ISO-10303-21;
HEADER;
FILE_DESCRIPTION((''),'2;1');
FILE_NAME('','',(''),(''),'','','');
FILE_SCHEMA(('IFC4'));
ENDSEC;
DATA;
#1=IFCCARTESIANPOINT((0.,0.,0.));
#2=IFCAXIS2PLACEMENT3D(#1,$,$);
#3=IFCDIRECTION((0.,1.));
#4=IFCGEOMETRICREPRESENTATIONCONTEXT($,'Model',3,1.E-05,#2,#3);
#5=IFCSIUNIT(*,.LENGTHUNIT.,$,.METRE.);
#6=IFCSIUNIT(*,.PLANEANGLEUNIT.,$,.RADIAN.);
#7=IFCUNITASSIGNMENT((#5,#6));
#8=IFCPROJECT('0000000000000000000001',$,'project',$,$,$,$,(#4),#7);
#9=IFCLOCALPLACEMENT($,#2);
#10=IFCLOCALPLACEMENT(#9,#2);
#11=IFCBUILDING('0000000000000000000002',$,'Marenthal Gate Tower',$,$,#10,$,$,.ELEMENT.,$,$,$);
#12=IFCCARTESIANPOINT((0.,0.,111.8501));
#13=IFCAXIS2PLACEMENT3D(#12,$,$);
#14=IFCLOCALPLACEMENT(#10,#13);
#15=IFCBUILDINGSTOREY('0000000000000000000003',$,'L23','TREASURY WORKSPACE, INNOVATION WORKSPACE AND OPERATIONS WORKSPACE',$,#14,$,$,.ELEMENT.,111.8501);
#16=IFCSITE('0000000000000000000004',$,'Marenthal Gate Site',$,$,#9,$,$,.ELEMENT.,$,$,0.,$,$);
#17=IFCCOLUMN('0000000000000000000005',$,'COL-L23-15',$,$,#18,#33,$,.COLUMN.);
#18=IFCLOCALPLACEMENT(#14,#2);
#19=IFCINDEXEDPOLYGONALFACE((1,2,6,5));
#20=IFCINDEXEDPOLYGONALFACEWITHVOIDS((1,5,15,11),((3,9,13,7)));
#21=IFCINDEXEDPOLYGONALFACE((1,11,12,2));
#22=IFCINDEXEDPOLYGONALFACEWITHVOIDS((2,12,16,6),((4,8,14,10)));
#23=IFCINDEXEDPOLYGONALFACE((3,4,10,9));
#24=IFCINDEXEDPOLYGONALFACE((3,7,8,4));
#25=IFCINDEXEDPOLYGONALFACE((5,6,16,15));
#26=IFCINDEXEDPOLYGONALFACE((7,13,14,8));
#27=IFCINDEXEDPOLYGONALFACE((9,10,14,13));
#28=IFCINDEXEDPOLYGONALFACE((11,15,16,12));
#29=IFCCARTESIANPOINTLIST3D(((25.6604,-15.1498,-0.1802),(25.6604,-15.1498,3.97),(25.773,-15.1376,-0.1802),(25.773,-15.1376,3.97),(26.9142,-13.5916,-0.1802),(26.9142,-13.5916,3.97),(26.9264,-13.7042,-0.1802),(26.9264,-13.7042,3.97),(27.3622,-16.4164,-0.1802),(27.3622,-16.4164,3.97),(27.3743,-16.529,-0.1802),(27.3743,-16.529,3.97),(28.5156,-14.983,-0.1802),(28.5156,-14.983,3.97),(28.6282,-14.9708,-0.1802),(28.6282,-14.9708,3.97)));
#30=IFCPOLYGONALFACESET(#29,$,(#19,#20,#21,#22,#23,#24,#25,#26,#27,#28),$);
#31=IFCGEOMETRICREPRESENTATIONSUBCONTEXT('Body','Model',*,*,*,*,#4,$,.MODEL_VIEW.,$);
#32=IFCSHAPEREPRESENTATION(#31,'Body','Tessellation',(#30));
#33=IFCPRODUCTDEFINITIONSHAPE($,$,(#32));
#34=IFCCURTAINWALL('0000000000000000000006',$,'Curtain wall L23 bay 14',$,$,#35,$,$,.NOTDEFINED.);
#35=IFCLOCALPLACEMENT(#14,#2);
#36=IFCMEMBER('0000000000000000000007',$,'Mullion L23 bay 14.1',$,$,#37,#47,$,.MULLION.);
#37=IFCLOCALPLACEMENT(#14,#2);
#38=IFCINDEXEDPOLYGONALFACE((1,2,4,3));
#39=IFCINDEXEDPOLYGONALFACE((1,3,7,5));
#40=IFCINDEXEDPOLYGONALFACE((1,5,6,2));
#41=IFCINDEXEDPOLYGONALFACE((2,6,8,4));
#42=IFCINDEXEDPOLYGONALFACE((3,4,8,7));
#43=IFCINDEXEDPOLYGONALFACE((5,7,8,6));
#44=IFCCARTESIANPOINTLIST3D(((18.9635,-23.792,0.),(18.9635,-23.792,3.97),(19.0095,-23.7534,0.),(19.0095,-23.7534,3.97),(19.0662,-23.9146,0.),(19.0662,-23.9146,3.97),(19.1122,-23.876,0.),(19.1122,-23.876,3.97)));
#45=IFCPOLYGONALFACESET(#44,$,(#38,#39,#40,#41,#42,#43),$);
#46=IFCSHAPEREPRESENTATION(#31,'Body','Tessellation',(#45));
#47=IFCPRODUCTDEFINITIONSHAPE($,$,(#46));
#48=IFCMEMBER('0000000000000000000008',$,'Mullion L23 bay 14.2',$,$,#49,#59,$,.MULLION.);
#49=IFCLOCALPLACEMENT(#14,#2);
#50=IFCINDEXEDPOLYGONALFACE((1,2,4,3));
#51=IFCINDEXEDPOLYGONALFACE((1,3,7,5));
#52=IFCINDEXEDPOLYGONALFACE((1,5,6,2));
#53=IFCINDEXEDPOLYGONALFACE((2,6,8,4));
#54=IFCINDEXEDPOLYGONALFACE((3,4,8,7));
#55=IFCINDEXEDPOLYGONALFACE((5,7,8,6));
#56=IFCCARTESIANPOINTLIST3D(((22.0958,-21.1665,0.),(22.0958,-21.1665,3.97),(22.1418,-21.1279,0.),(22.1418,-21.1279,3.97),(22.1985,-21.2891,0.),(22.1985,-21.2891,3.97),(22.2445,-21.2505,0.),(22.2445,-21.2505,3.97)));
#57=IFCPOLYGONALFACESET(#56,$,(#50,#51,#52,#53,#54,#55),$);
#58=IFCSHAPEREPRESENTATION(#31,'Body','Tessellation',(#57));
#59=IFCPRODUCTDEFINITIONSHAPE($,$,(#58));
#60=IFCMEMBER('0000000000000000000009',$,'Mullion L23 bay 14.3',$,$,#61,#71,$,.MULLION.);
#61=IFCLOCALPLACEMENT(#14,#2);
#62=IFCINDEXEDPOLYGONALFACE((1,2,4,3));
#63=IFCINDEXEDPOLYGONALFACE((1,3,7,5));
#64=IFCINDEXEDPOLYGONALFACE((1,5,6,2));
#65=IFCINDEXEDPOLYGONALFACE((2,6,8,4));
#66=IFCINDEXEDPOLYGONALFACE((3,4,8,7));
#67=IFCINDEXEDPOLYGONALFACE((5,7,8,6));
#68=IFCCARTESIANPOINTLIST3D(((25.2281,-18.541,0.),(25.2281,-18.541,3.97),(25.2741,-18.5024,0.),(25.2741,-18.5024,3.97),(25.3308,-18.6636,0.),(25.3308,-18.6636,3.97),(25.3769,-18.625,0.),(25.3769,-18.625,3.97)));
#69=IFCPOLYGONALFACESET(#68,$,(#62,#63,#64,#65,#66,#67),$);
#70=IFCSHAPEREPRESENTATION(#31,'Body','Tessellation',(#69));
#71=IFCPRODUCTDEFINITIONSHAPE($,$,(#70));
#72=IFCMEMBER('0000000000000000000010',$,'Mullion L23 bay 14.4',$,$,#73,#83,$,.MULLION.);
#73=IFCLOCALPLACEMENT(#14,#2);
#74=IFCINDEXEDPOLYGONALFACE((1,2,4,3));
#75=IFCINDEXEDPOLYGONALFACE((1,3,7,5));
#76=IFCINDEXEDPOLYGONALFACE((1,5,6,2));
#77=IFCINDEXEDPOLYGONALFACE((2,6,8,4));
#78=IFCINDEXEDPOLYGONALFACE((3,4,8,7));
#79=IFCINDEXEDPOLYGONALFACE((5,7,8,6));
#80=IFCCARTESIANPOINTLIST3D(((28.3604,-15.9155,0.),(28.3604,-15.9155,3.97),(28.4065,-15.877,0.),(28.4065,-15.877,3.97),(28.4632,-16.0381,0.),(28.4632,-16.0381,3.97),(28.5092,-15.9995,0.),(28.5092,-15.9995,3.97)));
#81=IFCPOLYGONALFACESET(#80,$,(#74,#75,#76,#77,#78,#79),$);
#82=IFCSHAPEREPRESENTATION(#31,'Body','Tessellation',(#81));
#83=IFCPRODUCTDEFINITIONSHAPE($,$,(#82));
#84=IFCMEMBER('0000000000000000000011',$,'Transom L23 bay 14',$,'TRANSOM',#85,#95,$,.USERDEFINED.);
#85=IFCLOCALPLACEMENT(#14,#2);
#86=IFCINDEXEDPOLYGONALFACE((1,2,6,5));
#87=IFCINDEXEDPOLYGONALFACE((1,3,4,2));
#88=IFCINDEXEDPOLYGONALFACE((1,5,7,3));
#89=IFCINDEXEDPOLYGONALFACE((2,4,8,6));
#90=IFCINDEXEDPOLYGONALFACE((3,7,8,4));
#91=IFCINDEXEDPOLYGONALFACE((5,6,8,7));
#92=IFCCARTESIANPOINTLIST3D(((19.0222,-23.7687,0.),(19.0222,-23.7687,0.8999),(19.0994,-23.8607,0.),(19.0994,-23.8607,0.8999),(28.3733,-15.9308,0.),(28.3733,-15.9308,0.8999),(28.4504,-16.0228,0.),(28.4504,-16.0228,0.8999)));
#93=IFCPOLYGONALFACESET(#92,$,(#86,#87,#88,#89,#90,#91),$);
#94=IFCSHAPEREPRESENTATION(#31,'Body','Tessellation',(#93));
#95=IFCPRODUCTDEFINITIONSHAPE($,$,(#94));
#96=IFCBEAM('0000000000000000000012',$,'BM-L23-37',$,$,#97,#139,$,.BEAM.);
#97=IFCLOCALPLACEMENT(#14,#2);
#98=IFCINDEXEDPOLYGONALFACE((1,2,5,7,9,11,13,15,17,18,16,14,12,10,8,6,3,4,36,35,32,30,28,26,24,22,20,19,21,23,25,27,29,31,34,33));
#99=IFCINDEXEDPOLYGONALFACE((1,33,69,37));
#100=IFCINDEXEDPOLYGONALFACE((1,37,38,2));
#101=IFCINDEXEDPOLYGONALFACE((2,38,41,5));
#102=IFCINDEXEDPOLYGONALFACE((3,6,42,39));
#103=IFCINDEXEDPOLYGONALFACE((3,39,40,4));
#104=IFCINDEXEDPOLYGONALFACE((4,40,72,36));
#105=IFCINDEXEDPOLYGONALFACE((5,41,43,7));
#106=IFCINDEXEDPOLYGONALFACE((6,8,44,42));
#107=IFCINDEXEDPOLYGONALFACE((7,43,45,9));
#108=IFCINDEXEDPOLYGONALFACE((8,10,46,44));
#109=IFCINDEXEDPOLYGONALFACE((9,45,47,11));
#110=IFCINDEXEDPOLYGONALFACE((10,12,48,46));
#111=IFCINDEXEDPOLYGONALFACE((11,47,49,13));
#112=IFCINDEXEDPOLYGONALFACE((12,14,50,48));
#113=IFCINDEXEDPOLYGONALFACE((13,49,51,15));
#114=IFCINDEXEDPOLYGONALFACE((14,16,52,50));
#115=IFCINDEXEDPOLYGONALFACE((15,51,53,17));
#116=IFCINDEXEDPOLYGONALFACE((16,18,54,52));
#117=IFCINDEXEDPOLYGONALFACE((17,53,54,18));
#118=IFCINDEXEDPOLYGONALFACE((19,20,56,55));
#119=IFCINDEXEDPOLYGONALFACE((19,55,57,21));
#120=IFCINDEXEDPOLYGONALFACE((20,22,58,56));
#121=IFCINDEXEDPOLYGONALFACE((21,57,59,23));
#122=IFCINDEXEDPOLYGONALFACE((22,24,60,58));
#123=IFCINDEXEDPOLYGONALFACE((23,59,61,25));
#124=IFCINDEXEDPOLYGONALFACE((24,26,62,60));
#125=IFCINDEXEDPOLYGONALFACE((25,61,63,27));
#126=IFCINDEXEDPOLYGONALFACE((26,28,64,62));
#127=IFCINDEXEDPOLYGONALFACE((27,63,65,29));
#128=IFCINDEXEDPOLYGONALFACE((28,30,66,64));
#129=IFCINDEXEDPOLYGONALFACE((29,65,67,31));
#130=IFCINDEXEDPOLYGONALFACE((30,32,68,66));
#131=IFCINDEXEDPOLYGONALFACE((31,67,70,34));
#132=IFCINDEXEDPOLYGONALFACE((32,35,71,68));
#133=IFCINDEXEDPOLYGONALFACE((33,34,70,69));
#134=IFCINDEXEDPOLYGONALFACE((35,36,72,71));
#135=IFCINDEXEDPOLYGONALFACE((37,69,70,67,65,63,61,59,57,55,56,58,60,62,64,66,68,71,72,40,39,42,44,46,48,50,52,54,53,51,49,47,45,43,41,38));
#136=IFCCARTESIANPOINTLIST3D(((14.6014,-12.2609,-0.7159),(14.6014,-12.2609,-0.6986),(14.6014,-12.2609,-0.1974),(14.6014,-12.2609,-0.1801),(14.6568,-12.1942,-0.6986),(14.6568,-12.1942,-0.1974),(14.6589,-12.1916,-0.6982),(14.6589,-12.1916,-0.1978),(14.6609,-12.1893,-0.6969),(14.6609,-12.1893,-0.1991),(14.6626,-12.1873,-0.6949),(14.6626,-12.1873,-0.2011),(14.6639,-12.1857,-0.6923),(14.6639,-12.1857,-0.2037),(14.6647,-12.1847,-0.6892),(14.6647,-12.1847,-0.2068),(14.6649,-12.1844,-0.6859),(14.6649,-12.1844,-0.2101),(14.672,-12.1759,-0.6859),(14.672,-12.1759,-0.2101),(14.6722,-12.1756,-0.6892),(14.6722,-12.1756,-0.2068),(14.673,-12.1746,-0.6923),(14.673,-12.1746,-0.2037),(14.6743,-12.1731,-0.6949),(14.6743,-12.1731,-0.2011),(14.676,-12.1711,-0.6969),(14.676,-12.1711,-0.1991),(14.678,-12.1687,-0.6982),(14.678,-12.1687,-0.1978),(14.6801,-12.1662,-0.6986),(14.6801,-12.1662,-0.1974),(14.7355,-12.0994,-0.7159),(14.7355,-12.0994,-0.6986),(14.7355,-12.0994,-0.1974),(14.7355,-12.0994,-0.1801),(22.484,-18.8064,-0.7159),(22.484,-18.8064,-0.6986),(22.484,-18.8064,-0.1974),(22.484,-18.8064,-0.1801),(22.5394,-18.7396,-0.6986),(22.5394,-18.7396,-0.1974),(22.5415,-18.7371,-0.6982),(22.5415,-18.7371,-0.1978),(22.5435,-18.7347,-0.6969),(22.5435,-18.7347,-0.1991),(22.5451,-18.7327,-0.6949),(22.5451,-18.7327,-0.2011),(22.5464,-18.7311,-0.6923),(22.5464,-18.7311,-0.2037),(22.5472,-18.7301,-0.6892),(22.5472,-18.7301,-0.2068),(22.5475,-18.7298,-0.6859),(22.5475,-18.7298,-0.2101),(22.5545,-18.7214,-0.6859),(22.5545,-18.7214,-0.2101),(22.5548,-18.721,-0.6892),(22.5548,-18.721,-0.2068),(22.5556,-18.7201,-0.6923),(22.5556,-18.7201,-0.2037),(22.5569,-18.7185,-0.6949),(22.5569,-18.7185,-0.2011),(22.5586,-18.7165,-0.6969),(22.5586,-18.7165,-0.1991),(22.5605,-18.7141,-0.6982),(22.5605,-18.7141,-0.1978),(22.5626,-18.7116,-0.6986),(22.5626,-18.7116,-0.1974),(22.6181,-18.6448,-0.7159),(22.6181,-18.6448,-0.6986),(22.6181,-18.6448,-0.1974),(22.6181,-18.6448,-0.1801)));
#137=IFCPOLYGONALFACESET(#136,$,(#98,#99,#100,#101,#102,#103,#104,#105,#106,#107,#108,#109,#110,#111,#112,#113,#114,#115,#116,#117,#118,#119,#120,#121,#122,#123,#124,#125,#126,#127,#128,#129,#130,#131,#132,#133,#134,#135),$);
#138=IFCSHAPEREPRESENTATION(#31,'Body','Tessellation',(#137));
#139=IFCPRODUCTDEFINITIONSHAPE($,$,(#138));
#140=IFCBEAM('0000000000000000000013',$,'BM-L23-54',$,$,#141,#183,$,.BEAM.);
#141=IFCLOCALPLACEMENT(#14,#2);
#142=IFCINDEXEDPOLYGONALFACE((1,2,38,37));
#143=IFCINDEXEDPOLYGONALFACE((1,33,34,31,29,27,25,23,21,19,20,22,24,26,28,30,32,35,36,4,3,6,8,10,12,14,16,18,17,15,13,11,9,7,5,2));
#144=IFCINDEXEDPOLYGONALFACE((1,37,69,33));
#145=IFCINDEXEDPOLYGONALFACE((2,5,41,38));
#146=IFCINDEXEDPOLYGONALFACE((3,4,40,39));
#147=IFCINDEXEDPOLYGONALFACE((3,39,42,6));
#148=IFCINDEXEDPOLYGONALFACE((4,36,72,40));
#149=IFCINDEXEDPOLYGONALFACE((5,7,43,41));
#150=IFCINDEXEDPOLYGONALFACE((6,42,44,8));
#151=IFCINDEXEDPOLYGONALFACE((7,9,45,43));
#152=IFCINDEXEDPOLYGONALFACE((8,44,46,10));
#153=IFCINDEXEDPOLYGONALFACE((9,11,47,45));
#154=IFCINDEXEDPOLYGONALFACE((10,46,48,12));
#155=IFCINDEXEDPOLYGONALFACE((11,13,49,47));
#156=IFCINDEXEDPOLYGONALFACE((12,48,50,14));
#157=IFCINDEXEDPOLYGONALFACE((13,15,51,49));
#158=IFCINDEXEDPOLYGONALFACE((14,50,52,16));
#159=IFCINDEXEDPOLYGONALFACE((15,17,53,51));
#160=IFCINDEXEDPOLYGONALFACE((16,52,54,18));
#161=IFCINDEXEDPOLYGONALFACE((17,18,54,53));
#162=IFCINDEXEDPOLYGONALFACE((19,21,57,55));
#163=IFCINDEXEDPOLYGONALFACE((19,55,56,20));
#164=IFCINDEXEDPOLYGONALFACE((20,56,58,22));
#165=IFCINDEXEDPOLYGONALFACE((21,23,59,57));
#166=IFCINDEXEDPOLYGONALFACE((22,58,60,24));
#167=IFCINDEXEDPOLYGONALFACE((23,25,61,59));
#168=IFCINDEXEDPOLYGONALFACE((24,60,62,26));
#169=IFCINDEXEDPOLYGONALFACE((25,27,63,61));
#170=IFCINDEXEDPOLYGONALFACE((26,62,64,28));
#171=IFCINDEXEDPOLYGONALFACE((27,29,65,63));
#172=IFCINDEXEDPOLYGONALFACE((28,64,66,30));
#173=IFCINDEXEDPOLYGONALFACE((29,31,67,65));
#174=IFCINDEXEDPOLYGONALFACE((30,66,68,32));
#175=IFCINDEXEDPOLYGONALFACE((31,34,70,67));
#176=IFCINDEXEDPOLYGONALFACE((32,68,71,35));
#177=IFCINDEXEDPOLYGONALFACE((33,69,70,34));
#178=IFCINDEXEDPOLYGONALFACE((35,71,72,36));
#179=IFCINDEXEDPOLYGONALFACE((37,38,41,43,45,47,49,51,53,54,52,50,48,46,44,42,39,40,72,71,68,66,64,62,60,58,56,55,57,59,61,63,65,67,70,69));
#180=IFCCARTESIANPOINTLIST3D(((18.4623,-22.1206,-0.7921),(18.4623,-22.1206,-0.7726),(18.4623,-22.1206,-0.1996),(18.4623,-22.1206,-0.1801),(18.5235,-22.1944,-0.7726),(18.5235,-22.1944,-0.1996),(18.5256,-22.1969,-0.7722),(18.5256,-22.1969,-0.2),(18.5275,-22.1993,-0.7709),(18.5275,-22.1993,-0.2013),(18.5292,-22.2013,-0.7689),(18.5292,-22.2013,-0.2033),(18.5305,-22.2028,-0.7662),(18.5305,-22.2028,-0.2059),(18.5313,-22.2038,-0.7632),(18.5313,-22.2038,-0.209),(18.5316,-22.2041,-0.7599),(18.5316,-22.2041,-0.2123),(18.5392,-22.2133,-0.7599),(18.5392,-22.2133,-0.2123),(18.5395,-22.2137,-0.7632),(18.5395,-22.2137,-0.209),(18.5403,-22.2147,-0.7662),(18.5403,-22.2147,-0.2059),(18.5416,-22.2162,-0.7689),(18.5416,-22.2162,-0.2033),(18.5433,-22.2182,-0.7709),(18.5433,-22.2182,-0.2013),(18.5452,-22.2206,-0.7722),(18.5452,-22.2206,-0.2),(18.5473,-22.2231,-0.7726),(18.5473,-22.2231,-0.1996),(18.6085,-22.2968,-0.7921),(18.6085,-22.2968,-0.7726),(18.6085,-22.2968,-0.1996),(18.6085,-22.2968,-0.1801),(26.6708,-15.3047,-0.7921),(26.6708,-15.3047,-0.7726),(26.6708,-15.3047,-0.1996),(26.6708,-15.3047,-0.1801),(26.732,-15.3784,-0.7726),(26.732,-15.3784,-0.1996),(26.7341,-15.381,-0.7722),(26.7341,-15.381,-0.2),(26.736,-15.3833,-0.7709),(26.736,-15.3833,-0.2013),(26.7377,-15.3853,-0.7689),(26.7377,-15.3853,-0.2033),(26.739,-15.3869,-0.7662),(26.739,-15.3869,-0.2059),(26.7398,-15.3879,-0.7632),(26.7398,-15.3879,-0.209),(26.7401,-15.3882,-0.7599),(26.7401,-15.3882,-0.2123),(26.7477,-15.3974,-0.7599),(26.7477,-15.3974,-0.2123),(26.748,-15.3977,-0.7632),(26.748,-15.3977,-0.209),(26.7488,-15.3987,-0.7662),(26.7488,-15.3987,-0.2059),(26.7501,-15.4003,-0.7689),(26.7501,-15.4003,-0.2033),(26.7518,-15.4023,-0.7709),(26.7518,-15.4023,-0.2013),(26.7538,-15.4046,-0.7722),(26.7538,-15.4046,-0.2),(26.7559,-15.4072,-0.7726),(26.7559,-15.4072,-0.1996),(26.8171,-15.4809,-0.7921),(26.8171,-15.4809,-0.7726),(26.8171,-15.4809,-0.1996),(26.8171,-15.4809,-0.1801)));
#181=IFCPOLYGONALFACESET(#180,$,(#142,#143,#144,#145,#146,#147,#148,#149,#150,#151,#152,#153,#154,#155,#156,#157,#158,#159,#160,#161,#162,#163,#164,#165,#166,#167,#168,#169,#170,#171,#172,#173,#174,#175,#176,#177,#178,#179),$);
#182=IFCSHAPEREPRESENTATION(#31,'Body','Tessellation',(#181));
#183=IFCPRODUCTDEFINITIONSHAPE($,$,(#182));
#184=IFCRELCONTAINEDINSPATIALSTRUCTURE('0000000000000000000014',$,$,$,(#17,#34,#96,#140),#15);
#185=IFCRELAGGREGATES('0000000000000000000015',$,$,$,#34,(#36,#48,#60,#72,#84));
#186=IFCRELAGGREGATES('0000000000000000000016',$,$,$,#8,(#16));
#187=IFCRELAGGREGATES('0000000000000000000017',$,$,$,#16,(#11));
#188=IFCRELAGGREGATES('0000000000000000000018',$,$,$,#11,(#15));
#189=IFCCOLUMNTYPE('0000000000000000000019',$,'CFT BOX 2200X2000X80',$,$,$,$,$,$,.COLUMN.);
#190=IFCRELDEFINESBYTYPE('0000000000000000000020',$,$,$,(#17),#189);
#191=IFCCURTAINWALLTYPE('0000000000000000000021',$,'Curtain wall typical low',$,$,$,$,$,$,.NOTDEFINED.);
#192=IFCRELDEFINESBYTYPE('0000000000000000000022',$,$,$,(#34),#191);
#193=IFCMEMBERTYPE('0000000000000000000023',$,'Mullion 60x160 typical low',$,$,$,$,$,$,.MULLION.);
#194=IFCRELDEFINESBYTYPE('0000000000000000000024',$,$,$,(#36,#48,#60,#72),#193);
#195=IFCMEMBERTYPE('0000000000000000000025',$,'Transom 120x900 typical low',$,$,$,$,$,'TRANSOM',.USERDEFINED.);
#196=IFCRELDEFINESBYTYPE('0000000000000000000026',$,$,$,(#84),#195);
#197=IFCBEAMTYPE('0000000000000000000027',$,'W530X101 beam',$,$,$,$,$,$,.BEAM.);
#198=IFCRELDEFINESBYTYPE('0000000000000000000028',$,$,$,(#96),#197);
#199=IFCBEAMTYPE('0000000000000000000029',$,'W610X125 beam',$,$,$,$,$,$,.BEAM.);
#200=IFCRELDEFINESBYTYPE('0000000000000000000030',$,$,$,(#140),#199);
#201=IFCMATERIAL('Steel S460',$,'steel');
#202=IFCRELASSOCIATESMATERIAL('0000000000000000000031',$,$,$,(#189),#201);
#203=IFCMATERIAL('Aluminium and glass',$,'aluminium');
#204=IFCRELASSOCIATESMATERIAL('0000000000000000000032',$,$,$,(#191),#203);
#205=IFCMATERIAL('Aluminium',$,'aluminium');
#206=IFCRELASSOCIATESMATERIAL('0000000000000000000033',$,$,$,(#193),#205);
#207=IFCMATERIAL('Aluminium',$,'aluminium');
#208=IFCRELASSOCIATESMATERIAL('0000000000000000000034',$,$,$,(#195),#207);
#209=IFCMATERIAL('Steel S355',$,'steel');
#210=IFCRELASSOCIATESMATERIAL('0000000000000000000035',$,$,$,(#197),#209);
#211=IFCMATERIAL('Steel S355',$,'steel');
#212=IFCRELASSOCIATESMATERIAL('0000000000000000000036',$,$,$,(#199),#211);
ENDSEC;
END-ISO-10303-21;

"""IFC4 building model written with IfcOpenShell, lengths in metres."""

from ifc_helpers import new_model, si_unit, direction, frame, origin, origin_2d, place, context, subcontext, project, spatial, rectangle, hollow_rectangle, i_section, extrude, material, material_profile, profile_set, type_object, element, aggregate, save


model = new_model("IFC4")

# Units and contexts
model_context = context("Model", 3, precision=1e-05, world=origin(), true_north=direction((0.0, 1.0)))
body_context = subcontext(model_context, "Body", "Model", "MODEL_VIEW")
ifc_project = project(units=[si_unit("LENGTHUNIT", "METRE"), si_unit("PLANEANGLEUNIT", "RADIAN")], contexts=[model_context])

# Site, building, storey
site_placement = place(None, origin())
site = spatial("IfcSite", under=ifc_project, at=site_placement, Name="Marenthal Gate Site", CompositionType="ELEMENT", RefElevation=0.0)
building_placement = place(site_placement, origin())
building = spatial("IfcBuilding", under=site, at=building_placement, Name="Marenthal Gate Tower", CompositionType="ELEMENT")
storey_placement = place(building_placement, frame((0.0, 0.0, 111.8501)))
storey = spatial("IfcBuildingStorey", under=building, at=storey_placement, Name="L23", Description="TREASURY WORKSPACE, INNOVATION WORKSPACE AND OPERATIONS WORKSPACE", CompositionType="ELEMENT", Elevation=111.8501)

# Column
ifc_material_1 = material(Name="Steel S460", Category="steel")
ifc_material_profile_1 = material_profile(ifc_material_1, hollow_rectangle(XDim=2.0, YDim=2.2, WallThickness=0.0801, at=origin_2d()), Name="CFT BOX 2200X2000X80")
ifc_material_2 = material(Name="Concrete 70 MPa", Category="concrete")
ifc_material_profile_2 = material_profile(ifc_material_2, rectangle(XDim=1.8401, YDim=2.04, at=origin_2d()), Name="CFT BOX 2200X2000X80 INFILL")
ifc_profile_set_1 = profile_set([ifc_material_profile_1, ifc_material_profile_2], Name="Steel S460 shell, Concrete 70 MPa infill")
column_type = type_object("IfcColumnType", Name="CFT BOX 2200X2000X80", PredefinedType="COLUMN", material=ifc_profile_set_1)
column_placement = place(storey_placement, frame((27.1443, -15.0603, -0.1802), z_axis=(0.0, 0.0, 1.0), x_axis=(-0.626918, -0.779085, 0.0)))
element("IfcColumn", 1, at=column_placement, inside=storey, type_object=column_type, Name="COL-L23-15", PredefinedType="COLUMN", context=body_context, shape_type="SweptSolid", body=[
    extrude(hollow_rectangle(XDim=2.0, YDim=2.2, WallThickness=0.0801, at=origin_2d()), origin(), (0.0, 0.0, 1.0), 4.1501),
])

# Curtain wall, members
ifc_material_3 = material(Name="Aluminium and glass", Category="aluminium")
curtain_wall_type = type_object("IfcCurtainWallType", Name="Curtain wall typical low", PredefinedType="NOTDEFINED", material=ifc_material_3)
curtain_wall_placement = place(storey_placement, origin())
curtain_wall = element("IfcCurtainWall", 2, at=curtain_wall_placement, inside=storey, type_object=curtain_wall_type, Name="Curtain wall L23 bay 14", PredefinedType="NOTDEFINED")
ifc_material_4 = material(Name="Aluminium", Category="aluminium")
ifc_material_profile_3 = material_profile(ifc_material_4, rectangle(XDim=0.1599, YDim=0.0601, at=origin_2d()), Name="60x160 aluminium mullion")
ifc_profile_set_2 = profile_set([ifc_material_profile_3], Name="Aluminium")
member_type_1 = type_object("IfcMemberType", Name="Mullion 60x160 typical low", PredefinedType="MULLION", material=ifc_profile_set_2)
member_1_placement = place(storey_placement, frame((19.0378, -23.834, 0.0), z_axis=(0.0, 0.0, 1.0), x_axis=(-0.642377, 0.766389, 0.0)))
member_1 = element("IfcMember", 3, at=member_1_placement, type_object=member_type_1, Name="Mullion L23 bay 14.1", PredefinedType="MULLION", context=body_context, shape_type="SweptSolid", body=[
    extrude(rectangle(XDim=0.1599, YDim=0.0601, at=origin_2d()), origin(), (0.0, 0.0, 1.0), 3.97),
])
member_2_placement = place(storey_placement, frame((22.1702, -21.2085, 0.0), z_axis=(0.0, 0.0, 1.0), x_axis=(-0.642377, 0.766389, 0.0)))
member_2 = element("IfcMember", 4, at=member_2_placement, type_object=member_type_1, Name="Mullion L23 bay 14.2", PredefinedType="MULLION", context=body_context, shape_type="SweptSolid", body=[
    extrude(rectangle(XDim=0.1599, YDim=0.0601, at=origin_2d()), origin(), (0.0, 0.0, 1.0), 3.97),
])
member_3_placement = place(storey_placement, frame((25.3025, -18.583, 0.0), z_axis=(0.0, 0.0, 1.0), x_axis=(-0.642377, 0.766389, 0.0)))
member_3 = element("IfcMember", 5, at=member_3_placement, type_object=member_type_1, Name="Mullion L23 bay 14.3", PredefinedType="MULLION", context=body_context, shape_type="SweptSolid", body=[
    extrude(rectangle(XDim=0.1599, YDim=0.0601, at=origin_2d()), origin(), (0.0, 0.0, 1.0), 3.97),
])
member_4_placement = place(storey_placement, frame((28.4348, -15.9575, 0.0), z_axis=(0.0, 0.0, 1.0), x_axis=(-0.642377, 0.766389, 0.0)))
member_4 = element("IfcMember", 6, at=member_4_placement, type_object=member_type_1, Name="Mullion L23 bay 14.4", PredefinedType="MULLION", context=body_context, shape_type="SweptSolid", body=[
    extrude(rectangle(XDim=0.1599, YDim=0.0601, at=origin_2d()), origin(), (0.0, 0.0, 1.0), 3.97),
])
ifc_material_5 = material(Name="Aluminium", Category="aluminium")
ifc_material_profile_4 = material_profile(ifc_material_5, rectangle(XDim=0.1201, YDim=0.8999, at=origin_2d()), Name="120x900 aluminium transom")
ifc_profile_set_3 = profile_set([ifc_material_profile_4], Name="Aluminium")
member_type_2 = type_object("IfcMemberType", Name="Transom 120x900 typical low", ElementType="TRANSOM", PredefinedType="USERDEFINED", material=ifc_profile_set_3)
member_5_placement = place(storey_placement, frame((19.0608, -23.8147, 0.45), z_axis=(0.766391, 0.642374, 0.0), x_axis=(-0.642374, 0.766391, 0.0)))
member_5 = element("IfcMember", 7, at=member_5_placement, type_object=member_type_2, Name="Transom L23 bay 14", ObjectType="TRANSOM", PredefinedType="USERDEFINED", context=body_context, shape_type="SweptSolid", body=[
    extrude(rectangle(XDim=0.1201, YDim=0.8999, at=origin_2d()), origin(), (0.0, 0.0, 1.0), 12.2014),
])

# Beams
ifc_material_6 = material(Name="Steel S355", Category="steel")
ifc_material_profile_5 = material_profile(ifc_material_6, i_section(OverallWidth=0.21, OverallDepth=0.5359, WebThickness=0.011, FlangeThickness=0.0173, FilletRadius=0.0127, at=origin_2d()), Name="W530X101")
ifc_profile_set_4 = profile_set([ifc_material_profile_5], Name="Steel S355")
beam_type_1 = type_object("IfcBeamType", Name="W530X101 beam", PredefinedType="BEAM", material=ifc_profile_set_4)
beam_1_placement = place(storey_placement, frame((22.551, -18.7256, -0.448), z_axis=(-0.769343, 0.638836, 0.0), x_axis=(-0.638836, -0.769343, 0.0)))
element("IfcBeam", 8, at=beam_1_placement, inside=storey, type_object=beam_type_1, Name="BM-L23-37", PredefinedType="BEAM", context=body_context, shape_type="SweptSolid", body=[
    extrude(i_section(OverallWidth=0.21, OverallDepth=0.5359, WebThickness=0.011, FlangeThickness=0.0173, FilletRadius=0.0127, at=origin_2d()), origin(), (0.0, 0.0, 1.0), 10.2458),
])
ifc_material_7 = material(Name="Steel S355", Category="steel")
ifc_material_profile_6 = material_profile(ifc_material_7, i_section(OverallWidth=0.229, OverallDepth=0.6121, WebThickness=0.012, FlangeThickness=0.0195, FilletRadius=0.0127, at=origin_2d()), Name="W610X125")
ifc_profile_set_5 = profile_set([ifc_material_profile_6], Name="Steel S355")
beam_type_2 = type_object("IfcBeamType", Name="W610X125 beam", PredefinedType="BEAM", material=ifc_profile_set_5)
beam_2_placement = place(storey_placement, frame((18.5354, -22.2087, -0.4861), z_axis=(0.769349, 0.638828, 0.0), x_axis=(-0.638828, 0.769349, 0.0)))
element("IfcBeam", 9, at=beam_2_placement, inside=storey, type_object=beam_type_2, Name="BM-L23-54", PredefinedType="BEAM", context=body_context, shape_type="SweptSolid", body=[
    extrude(i_section(OverallWidth=0.229, OverallDepth=0.6121, WebThickness=0.012, FlangeThickness=0.0195, FilletRadius=0.0127, at=origin_2d()), origin(), (0.0, 0.0, 1.0), 10.6694),
])

aggregate(curtain_wall, [member_1, member_2, member_3, member_4, member_5])

save(model, "model.ifc")
